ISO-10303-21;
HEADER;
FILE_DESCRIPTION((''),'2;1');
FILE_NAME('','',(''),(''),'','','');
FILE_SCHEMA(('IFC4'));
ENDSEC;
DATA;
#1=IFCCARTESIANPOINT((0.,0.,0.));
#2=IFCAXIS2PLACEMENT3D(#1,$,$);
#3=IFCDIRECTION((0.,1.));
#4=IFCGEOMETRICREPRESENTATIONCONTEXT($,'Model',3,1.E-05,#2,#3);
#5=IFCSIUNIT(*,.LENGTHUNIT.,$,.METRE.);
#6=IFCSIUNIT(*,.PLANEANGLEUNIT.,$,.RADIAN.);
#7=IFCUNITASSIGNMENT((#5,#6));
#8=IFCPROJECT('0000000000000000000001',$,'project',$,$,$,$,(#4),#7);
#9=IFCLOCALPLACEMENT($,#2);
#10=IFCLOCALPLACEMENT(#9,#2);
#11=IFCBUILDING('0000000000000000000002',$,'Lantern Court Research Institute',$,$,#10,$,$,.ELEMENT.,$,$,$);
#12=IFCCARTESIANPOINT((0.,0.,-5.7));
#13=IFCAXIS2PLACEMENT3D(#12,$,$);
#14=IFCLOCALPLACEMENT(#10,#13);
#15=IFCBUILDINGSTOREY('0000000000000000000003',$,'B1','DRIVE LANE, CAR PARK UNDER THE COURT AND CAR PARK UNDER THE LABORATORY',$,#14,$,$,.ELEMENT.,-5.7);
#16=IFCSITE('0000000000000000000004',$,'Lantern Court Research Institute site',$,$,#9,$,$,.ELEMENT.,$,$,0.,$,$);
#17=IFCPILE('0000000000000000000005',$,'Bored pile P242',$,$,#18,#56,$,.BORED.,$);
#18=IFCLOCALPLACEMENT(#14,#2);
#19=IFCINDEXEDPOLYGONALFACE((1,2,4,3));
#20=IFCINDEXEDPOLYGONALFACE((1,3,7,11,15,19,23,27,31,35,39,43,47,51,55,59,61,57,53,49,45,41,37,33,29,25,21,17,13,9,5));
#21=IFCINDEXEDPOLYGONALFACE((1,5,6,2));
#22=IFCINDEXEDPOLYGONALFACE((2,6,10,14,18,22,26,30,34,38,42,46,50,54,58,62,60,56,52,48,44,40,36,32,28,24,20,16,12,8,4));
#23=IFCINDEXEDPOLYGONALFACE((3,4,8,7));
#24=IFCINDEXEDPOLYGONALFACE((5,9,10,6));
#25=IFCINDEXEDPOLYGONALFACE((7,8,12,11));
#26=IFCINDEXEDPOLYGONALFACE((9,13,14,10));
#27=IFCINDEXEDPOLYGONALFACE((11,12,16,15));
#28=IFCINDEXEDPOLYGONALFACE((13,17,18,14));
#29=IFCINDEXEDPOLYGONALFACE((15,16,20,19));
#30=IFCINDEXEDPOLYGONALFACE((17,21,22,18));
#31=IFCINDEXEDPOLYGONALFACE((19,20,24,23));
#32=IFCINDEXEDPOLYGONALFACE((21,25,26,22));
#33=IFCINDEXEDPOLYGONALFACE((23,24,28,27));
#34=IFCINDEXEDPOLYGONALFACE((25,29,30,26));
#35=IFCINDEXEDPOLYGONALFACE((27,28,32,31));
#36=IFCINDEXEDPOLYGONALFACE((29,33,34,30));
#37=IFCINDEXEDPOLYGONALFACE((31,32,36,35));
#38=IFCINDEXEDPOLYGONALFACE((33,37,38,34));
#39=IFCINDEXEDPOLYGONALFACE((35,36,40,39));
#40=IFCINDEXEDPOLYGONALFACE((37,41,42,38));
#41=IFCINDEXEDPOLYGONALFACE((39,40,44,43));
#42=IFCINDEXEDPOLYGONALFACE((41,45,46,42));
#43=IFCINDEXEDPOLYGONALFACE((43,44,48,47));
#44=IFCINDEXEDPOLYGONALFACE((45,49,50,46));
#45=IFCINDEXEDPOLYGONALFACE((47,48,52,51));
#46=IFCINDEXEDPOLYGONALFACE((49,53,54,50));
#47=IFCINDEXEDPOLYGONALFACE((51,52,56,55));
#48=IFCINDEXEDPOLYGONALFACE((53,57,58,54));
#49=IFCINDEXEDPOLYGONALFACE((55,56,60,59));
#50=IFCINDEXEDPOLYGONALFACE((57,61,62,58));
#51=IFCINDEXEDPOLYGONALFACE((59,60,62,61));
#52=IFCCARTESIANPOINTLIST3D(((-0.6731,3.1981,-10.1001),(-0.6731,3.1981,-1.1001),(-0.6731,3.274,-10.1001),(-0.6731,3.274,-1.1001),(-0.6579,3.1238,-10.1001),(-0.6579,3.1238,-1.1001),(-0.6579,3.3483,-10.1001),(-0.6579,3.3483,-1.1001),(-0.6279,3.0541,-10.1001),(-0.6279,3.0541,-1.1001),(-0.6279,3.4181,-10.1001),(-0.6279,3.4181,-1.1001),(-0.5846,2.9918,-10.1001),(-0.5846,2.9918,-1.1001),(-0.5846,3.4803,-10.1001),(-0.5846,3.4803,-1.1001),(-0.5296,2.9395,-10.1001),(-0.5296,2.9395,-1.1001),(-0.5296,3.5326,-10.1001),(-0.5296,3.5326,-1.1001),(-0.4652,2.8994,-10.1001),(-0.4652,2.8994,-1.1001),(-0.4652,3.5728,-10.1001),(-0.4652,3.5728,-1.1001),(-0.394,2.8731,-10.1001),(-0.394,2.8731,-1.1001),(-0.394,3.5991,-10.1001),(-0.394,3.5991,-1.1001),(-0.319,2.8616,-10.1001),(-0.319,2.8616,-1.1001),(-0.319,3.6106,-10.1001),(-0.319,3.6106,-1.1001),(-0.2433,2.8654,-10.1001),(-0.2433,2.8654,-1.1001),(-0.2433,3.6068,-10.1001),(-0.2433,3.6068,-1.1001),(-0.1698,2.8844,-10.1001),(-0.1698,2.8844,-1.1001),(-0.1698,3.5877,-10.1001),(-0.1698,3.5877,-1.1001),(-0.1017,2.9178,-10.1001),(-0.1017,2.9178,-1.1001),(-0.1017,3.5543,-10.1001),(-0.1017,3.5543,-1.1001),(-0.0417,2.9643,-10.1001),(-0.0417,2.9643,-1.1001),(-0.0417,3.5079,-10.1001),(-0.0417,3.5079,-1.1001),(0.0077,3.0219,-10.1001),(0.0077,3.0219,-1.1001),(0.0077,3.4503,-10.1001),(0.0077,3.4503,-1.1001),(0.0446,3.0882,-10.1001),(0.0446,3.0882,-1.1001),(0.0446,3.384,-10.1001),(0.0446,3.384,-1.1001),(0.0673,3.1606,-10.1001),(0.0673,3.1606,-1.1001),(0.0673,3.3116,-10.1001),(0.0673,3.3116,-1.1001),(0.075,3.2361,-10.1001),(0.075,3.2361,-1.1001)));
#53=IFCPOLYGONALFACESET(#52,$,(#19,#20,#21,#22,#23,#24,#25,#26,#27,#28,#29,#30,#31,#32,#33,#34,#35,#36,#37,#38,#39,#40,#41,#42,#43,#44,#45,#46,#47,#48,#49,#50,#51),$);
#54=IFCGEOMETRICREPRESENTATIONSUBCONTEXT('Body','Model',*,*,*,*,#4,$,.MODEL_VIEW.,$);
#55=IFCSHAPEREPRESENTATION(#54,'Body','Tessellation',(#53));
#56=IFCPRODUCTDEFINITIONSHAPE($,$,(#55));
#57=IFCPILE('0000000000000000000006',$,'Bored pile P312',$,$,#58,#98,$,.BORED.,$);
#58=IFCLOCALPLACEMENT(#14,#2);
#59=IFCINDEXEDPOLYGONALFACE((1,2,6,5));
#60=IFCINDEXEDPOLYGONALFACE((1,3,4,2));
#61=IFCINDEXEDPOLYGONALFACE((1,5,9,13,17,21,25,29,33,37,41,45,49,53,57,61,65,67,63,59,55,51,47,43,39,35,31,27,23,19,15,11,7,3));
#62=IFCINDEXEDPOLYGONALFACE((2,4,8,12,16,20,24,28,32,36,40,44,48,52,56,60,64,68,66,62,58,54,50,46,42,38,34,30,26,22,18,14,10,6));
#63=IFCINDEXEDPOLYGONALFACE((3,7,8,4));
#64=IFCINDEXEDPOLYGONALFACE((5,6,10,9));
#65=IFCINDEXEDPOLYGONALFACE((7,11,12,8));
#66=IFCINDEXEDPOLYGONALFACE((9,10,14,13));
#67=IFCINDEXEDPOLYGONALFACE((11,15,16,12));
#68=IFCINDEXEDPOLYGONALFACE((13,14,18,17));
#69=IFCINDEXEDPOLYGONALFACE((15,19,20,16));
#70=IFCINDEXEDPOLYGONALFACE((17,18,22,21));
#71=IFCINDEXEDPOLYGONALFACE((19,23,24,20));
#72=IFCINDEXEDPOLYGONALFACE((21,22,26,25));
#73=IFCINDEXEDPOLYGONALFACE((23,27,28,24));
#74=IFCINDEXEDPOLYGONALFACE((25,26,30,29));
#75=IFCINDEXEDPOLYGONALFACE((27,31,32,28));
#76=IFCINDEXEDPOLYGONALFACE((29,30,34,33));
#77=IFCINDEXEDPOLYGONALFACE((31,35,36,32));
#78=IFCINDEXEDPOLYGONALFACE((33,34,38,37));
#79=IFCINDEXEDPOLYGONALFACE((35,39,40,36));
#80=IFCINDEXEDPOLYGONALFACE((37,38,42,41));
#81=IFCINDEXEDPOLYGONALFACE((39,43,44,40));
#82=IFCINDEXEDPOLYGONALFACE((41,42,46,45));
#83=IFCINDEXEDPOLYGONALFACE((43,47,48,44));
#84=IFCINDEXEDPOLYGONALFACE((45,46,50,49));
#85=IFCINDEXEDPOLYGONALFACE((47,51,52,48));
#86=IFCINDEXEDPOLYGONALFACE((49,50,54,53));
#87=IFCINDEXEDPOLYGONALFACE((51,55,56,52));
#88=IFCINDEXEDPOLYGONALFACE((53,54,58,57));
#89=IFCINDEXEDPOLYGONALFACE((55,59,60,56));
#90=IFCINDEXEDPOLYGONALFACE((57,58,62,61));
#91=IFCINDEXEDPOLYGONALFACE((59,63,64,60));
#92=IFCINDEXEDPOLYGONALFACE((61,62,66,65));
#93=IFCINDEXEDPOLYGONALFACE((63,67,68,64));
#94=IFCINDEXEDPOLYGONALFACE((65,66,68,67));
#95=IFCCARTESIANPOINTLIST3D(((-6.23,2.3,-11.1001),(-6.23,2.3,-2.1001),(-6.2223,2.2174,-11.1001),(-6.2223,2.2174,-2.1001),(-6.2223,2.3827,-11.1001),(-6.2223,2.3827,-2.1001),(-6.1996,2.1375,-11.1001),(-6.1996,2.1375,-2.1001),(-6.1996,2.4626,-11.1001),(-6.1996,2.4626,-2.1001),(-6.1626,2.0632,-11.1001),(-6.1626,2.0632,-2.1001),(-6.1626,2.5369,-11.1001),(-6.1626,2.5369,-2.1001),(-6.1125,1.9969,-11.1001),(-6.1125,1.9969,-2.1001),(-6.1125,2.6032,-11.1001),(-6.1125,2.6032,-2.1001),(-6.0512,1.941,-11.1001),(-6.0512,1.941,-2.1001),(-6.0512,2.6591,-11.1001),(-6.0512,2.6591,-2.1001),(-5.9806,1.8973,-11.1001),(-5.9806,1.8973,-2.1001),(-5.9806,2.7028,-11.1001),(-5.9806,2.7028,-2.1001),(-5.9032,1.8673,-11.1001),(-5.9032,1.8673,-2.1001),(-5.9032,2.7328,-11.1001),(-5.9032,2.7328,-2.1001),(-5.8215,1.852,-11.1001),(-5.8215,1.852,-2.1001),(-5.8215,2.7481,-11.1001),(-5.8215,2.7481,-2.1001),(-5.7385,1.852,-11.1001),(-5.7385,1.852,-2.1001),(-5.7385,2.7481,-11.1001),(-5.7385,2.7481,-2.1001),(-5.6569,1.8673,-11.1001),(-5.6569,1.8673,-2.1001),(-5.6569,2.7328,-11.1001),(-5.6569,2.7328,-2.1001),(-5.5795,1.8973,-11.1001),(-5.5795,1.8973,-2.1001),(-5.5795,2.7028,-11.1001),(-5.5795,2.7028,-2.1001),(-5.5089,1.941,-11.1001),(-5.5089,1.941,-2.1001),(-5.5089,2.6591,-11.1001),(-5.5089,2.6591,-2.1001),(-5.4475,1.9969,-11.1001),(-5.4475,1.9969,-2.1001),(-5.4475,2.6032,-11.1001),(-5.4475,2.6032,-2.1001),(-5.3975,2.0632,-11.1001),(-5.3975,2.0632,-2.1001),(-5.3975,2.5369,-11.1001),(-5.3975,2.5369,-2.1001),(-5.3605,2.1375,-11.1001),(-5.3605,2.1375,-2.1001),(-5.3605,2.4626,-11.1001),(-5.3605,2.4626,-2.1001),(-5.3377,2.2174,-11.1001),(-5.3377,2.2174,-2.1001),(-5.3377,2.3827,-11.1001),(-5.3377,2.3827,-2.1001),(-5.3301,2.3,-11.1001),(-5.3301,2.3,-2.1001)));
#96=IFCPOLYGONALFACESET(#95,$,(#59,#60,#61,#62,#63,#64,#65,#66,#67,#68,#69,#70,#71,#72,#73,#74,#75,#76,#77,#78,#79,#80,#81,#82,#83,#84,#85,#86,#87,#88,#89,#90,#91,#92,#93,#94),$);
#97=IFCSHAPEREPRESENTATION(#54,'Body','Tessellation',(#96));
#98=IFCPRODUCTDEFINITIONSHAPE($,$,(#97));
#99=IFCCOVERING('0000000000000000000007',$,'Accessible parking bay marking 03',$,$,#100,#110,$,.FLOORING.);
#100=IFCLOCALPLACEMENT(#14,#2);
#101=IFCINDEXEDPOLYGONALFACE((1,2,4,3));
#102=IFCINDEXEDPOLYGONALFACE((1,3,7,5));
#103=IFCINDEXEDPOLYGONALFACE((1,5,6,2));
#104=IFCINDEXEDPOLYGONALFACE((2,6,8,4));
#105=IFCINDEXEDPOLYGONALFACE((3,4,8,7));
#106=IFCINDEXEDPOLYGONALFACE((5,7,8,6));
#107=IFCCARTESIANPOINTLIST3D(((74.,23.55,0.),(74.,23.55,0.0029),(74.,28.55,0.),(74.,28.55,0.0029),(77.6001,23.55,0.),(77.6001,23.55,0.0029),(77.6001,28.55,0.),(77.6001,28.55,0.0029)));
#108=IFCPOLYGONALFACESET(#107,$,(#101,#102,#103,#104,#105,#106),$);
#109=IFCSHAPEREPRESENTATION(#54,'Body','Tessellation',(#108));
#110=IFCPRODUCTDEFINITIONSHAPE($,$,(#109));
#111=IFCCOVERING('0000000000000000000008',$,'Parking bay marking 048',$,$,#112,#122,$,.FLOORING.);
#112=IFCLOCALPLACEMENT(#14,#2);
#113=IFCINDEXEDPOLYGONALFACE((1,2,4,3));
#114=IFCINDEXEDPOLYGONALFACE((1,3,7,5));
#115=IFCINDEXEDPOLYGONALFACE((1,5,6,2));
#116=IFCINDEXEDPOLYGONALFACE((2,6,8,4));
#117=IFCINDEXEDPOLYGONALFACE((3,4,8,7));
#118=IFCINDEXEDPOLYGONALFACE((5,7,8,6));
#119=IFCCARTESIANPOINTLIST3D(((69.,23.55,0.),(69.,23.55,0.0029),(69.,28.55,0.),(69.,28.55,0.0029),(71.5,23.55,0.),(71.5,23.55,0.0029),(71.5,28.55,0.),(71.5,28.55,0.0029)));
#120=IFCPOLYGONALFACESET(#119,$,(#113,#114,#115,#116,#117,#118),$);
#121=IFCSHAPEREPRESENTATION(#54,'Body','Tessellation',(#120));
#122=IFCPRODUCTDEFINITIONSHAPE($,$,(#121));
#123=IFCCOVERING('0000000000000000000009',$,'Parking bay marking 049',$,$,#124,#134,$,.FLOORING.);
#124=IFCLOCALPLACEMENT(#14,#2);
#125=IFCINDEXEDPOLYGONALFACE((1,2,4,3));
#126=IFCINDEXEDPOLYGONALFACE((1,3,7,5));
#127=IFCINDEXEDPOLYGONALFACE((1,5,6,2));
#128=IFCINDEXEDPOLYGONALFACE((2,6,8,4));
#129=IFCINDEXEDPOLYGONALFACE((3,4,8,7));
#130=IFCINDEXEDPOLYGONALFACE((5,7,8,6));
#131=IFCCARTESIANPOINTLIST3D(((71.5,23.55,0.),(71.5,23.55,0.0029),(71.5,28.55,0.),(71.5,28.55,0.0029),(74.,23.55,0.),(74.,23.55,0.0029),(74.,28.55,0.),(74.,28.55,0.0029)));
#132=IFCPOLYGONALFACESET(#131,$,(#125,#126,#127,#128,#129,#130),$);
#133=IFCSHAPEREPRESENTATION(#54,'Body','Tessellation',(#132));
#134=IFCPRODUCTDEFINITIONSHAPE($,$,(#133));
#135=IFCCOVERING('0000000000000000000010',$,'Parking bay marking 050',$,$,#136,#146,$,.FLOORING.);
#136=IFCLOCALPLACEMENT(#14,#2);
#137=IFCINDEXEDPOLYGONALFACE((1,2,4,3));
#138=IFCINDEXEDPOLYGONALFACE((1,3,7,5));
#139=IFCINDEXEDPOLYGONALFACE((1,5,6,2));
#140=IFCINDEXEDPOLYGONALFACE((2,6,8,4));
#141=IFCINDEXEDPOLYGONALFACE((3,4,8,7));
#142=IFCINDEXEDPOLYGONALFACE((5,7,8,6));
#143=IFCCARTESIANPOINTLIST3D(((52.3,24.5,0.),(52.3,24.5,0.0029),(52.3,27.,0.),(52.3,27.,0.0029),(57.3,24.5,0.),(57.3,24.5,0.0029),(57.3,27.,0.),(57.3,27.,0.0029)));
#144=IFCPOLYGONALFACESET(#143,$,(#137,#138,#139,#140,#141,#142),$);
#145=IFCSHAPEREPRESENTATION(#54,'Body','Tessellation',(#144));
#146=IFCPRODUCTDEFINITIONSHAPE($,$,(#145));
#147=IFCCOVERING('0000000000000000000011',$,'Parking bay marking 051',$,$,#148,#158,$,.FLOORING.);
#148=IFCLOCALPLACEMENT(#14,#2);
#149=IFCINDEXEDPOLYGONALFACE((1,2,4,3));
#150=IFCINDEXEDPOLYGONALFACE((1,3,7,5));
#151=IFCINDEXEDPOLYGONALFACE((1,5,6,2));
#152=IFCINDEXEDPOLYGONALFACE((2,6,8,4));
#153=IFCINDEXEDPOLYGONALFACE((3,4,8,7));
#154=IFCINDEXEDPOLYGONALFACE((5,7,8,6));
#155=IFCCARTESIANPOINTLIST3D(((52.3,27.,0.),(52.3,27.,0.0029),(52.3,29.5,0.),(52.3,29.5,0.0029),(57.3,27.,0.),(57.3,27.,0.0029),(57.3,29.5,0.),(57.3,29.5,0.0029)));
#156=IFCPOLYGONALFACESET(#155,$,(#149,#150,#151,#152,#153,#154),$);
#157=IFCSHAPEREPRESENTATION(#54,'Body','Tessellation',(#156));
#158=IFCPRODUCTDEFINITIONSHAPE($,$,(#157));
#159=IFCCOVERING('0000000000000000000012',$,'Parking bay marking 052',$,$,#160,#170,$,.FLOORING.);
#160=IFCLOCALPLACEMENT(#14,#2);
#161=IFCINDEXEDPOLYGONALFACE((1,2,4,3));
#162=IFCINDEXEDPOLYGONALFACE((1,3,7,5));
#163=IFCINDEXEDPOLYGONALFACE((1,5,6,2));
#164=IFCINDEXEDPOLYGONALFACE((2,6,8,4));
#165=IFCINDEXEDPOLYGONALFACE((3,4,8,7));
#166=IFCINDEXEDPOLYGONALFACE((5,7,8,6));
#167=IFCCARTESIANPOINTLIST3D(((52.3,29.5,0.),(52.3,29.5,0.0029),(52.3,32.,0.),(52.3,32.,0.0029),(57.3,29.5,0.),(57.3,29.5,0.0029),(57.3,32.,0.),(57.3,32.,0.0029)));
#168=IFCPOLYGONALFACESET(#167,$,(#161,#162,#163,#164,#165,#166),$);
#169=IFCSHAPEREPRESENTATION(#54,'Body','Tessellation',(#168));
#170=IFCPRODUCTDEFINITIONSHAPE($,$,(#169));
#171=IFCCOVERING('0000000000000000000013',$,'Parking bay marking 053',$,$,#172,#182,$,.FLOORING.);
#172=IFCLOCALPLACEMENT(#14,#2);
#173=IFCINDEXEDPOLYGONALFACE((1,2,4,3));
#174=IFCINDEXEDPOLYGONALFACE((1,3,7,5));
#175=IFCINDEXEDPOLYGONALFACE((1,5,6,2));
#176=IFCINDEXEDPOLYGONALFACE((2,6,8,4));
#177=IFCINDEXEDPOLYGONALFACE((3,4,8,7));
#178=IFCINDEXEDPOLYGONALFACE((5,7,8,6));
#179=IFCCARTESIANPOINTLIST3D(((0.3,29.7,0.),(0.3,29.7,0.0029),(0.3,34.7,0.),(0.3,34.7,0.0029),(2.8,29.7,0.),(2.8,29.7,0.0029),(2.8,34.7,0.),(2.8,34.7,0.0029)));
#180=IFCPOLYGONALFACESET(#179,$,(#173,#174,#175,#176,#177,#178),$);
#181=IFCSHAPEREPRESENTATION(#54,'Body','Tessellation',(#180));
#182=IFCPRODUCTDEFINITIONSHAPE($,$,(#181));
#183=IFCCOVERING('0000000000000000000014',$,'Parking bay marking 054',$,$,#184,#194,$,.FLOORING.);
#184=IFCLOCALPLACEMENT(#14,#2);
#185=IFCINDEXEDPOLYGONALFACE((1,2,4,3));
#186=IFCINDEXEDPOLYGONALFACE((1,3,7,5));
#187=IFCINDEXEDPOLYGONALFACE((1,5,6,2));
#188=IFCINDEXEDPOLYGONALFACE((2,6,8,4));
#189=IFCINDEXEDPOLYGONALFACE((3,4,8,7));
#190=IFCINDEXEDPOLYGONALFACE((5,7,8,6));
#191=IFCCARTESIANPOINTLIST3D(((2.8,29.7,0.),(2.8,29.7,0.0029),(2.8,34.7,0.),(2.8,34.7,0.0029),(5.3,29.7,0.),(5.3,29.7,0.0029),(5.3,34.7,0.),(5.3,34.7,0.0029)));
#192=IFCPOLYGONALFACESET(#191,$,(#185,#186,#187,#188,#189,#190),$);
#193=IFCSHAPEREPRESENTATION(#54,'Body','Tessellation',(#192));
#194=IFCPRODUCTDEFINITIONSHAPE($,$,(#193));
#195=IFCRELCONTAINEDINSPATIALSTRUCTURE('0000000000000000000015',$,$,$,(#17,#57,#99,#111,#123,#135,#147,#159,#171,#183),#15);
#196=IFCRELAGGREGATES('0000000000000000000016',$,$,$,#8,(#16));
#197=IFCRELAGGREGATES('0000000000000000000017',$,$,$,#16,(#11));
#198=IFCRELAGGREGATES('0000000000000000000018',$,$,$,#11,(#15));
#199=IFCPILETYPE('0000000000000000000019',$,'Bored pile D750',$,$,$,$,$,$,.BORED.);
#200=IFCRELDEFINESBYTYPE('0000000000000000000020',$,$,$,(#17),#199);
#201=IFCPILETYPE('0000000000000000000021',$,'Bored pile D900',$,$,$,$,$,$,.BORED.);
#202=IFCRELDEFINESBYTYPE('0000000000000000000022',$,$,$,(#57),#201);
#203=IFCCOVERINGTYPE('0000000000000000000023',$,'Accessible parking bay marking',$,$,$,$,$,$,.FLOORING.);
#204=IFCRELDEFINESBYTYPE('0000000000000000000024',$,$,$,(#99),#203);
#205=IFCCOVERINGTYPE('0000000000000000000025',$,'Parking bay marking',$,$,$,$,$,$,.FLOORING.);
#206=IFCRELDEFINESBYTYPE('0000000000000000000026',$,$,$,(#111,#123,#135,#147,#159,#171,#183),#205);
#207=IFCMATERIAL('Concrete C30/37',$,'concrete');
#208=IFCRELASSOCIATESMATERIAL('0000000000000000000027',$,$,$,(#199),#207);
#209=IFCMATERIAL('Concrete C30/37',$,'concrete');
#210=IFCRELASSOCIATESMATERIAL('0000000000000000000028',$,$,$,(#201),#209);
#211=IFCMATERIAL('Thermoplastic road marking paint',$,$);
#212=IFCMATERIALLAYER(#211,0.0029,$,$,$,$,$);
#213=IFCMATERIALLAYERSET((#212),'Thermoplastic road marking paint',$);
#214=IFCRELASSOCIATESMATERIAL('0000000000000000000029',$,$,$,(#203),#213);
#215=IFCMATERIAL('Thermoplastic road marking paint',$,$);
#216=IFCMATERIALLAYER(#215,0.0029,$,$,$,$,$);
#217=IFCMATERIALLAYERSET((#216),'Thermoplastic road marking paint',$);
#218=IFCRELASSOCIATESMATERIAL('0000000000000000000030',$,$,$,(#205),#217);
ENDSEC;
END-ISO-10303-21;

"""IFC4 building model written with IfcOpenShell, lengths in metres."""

from ifc_helpers import new_model, si_unit, direction, frame, origin, origin_2d, place, context, subcontext, project, spatial, polyline, circle, outline, extrude, material, layer, layer_set, material_profile, profile_set, type_object, element, save


model = new_model("IFC4")

# Units and contexts
model_context = context("Model", 3, precision=1e-05, world=origin(), true_north=direction((0.0, 1.0)))
body_context = subcontext(model_context, "Body", "Model", "MODEL_VIEW")
ifc_project = project(units=[si_unit("LENGTHUNIT", "METRE"), si_unit("PLANEANGLEUNIT", "RADIAN")], contexts=[model_context])

# Site, building, storey
site_placement = place(None, origin())
site = spatial("IfcSite", under=ifc_project, at=site_placement, Name="Lantern Court Research Institute site", CompositionType="ELEMENT", RefElevation=0.0)
building_placement = place(site_placement, origin())
building = spatial("IfcBuilding", under=site, at=building_placement, Name="Lantern Court Research Institute", CompositionType="ELEMENT")
storey_placement = place(building_placement, frame((0.0, 0.0, -5.7)))
storey = spatial("IfcBuildingStorey", under=building, at=storey_placement, Name="B1", Description="DRIVE LANE, CAR PARK UNDER THE COURT AND CAR PARK UNDER THE LABORATORY", CompositionType="ELEMENT", Elevation=-5.7)

# Piles
ifc_material_1 = material(Name="Concrete C30/37", Category="concrete")
ifc_material_profile_1 = material_profile(ifc_material_1, circle(Radius=0.375, at=origin_2d()), Name="Bored pile D750")
ifc_profile_set_1 = profile_set([ifc_material_profile_1], Name="Concrete C30/37")
pile_type_1 = type_object("IfcPileType", Name="Bored pile D750", PredefinedType="BORED", material=ifc_profile_set_1)
pile_1_placement = place(storey_placement, frame((-0.3, 3.2361, -1.1001), z_axis=(0.0, 0.0, -1.0), x_axis=(1.0, 0.0, 0.0)))
element("IfcPile", 1, at=pile_1_placement, inside=storey, type_object=pile_type_1, Name="Bored pile P242", PredefinedType="BORED", context=body_context, shape_type="SweptSolid", body=[
    extrude(circle(Radius=0.375, at=origin_2d()), origin(), (0.0, 0.0, 1.0), 9.0),
])
ifc_material_2 = material(Name="Concrete C30/37", Category="concrete")
ifc_material_profile_2 = material_profile(ifc_material_2, circle(Radius=0.45, at=origin_2d()), Name="Bored pile D900")
ifc_profile_set_2 = profile_set([ifc_material_profile_2], Name="Concrete C30/37")
pile_type_2 = type_object("IfcPileType", Name="Bored pile D900", PredefinedType="BORED", material=ifc_profile_set_2)
pile_2_placement = place(storey_placement, frame((-5.78, 2.3, -2.1001), z_axis=(0.0, 0.0, -1.0), x_axis=(1.0, 0.0, 0.0)))
element("IfcPile", 2, at=pile_2_placement, inside=storey, type_object=pile_type_2, Name="Bored pile P312", PredefinedType="BORED", context=body_context, shape_type="SweptSolid", body=[
    extrude(circle(Radius=0.45, at=origin_2d()), origin(), (0.0, 0.0, 1.0), 9.0),
])

# Coverings
ifc_material_3 = material(Name="Thermoplastic road marking paint")
ifc_layer_1 = layer(ifc_material_3, 0.0029)
ifc_layer_set_1 = layer_set([ifc_layer_1], Name="Thermoplastic road marking paint")
covering_type_1 = type_object("IfcCoveringType", Name="Accessible parking bay marking", PredefinedType="FLOORING", material=ifc_layer_set_1)
covering_1_placement = place(storey_placement, origin())
element("IfcCovering", 3, at=covering_1_placement, inside=storey, type_object=covering_type_1, Name="Accessible parking bay marking 03", PredefinedType="FLOORING", context=body_context, shape_type="SweptSolid", body=[
    extrude(outline(polyline([(74.0, 23.55), (77.6001, 23.55), (77.6001, 28.55), (74.0, 28.55), (74.0, 23.55)])), origin(), (0.0, 0.0, 1.0), 0.0029),
])
ifc_material_4 = material(Name="Thermoplastic road marking paint")
ifc_layer_2 = layer(ifc_material_4, 0.0029)
ifc_layer_set_2 = layer_set([ifc_layer_2], Name="Thermoplastic road marking paint")
covering_type_2 = type_object("IfcCoveringType", Name="Parking bay marking", PredefinedType="FLOORING", material=ifc_layer_set_2)
covering_2_placement = place(storey_placement, origin())
element("IfcCovering", 4, at=covering_2_placement, inside=storey, type_object=covering_type_2, Name="Parking bay marking 048", PredefinedType="FLOORING", context=body_context, shape_type="SweptSolid", body=[
    extrude(outline(polyline([(69.0, 23.55), (71.5, 23.55), (71.5, 28.55), (69.0, 28.55), (69.0, 23.55)])), origin(), (0.0, 0.0, 1.0), 0.0029),
])
covering_3_placement = place(storey_placement, origin())
element("IfcCovering", 5, at=covering_3_placement, inside=storey, type_object=covering_type_2, Name="Parking bay marking 049", PredefinedType="FLOORING", context=body_context, shape_type="SweptSolid", body=[
    extrude(outline(polyline([(71.5, 23.55), (74.0, 23.55), (74.0, 28.55), (71.5, 28.55), (71.5, 23.55)])), origin(), (0.0, 0.0, 1.0), 0.0029),
])
covering_4_placement = place(storey_placement, origin())
element("IfcCovering", 6, at=covering_4_placement, inside=storey, type_object=covering_type_2, Name="Parking bay marking 050", PredefinedType="FLOORING", context=body_context, shape_type="SweptSolid", body=[
    extrude(outline(polyline([(52.3, 24.5), (57.3, 24.5), (57.3, 27.0), (52.3, 27.0), (52.3, 24.5)])), origin(), (0.0, 0.0, 1.0), 0.0029),
])
covering_5_placement = place(storey_placement, origin())
element("IfcCovering", 7, at=covering_5_placement, inside=storey, type_object=covering_type_2, Name="Parking bay marking 051", PredefinedType="FLOORING", context=body_context, shape_type="SweptSolid", body=[
    extrude(outline(polyline([(52.3, 27.0), (57.3, 27.0), (57.3, 29.5), (52.3, 29.5), (52.3, 27.0)])), origin(), (0.0, 0.0, 1.0), 0.0029),
])
covering_6_placement = place(storey_placement, origin())
element("IfcCovering", 8, at=covering_6_placement, inside=storey, type_object=covering_type_2, Name="Parking bay marking 052", PredefinedType="FLOORING", context=body_context, shape_type="SweptSolid", body=[
    extrude(outline(polyline([(52.3, 29.5), (57.3, 29.5), (57.3, 32.0), (52.3, 32.0), (52.3, 29.5)])), origin(), (0.0, 0.0, 1.0), 0.0029),
])
covering_7_placement = place(storey_placement, origin())
element("IfcCovering", 9, at=covering_7_placement, inside=storey, type_object=covering_type_2, Name="Parking bay marking 053", PredefinedType="FLOORING", context=body_context, shape_type="SweptSolid", body=[
    extrude(outline(polyline([(0.3, 29.7), (2.8, 29.7), (2.8, 34.7), (0.3, 34.7), (0.3, 29.7)])), origin(), (0.0, 0.0, 1.0), 0.0029),
])
covering_8_placement = place(storey_placement, origin())
element("IfcCovering", 10, at=covering_8_placement, inside=storey, type_object=covering_type_2, Name="Parking bay marking 054", PredefinedType="FLOORING", context=body_context, shape_type="SweptSolid", body=[
    extrude(outline(polyline([(2.8, 29.7), (5.3, 29.7), (5.3, 34.7), (2.8, 34.7), (2.8, 29.7)])), origin(), (0.0, 0.0, 1.0), 0.0029),
])

save(model, "model.ifc")
